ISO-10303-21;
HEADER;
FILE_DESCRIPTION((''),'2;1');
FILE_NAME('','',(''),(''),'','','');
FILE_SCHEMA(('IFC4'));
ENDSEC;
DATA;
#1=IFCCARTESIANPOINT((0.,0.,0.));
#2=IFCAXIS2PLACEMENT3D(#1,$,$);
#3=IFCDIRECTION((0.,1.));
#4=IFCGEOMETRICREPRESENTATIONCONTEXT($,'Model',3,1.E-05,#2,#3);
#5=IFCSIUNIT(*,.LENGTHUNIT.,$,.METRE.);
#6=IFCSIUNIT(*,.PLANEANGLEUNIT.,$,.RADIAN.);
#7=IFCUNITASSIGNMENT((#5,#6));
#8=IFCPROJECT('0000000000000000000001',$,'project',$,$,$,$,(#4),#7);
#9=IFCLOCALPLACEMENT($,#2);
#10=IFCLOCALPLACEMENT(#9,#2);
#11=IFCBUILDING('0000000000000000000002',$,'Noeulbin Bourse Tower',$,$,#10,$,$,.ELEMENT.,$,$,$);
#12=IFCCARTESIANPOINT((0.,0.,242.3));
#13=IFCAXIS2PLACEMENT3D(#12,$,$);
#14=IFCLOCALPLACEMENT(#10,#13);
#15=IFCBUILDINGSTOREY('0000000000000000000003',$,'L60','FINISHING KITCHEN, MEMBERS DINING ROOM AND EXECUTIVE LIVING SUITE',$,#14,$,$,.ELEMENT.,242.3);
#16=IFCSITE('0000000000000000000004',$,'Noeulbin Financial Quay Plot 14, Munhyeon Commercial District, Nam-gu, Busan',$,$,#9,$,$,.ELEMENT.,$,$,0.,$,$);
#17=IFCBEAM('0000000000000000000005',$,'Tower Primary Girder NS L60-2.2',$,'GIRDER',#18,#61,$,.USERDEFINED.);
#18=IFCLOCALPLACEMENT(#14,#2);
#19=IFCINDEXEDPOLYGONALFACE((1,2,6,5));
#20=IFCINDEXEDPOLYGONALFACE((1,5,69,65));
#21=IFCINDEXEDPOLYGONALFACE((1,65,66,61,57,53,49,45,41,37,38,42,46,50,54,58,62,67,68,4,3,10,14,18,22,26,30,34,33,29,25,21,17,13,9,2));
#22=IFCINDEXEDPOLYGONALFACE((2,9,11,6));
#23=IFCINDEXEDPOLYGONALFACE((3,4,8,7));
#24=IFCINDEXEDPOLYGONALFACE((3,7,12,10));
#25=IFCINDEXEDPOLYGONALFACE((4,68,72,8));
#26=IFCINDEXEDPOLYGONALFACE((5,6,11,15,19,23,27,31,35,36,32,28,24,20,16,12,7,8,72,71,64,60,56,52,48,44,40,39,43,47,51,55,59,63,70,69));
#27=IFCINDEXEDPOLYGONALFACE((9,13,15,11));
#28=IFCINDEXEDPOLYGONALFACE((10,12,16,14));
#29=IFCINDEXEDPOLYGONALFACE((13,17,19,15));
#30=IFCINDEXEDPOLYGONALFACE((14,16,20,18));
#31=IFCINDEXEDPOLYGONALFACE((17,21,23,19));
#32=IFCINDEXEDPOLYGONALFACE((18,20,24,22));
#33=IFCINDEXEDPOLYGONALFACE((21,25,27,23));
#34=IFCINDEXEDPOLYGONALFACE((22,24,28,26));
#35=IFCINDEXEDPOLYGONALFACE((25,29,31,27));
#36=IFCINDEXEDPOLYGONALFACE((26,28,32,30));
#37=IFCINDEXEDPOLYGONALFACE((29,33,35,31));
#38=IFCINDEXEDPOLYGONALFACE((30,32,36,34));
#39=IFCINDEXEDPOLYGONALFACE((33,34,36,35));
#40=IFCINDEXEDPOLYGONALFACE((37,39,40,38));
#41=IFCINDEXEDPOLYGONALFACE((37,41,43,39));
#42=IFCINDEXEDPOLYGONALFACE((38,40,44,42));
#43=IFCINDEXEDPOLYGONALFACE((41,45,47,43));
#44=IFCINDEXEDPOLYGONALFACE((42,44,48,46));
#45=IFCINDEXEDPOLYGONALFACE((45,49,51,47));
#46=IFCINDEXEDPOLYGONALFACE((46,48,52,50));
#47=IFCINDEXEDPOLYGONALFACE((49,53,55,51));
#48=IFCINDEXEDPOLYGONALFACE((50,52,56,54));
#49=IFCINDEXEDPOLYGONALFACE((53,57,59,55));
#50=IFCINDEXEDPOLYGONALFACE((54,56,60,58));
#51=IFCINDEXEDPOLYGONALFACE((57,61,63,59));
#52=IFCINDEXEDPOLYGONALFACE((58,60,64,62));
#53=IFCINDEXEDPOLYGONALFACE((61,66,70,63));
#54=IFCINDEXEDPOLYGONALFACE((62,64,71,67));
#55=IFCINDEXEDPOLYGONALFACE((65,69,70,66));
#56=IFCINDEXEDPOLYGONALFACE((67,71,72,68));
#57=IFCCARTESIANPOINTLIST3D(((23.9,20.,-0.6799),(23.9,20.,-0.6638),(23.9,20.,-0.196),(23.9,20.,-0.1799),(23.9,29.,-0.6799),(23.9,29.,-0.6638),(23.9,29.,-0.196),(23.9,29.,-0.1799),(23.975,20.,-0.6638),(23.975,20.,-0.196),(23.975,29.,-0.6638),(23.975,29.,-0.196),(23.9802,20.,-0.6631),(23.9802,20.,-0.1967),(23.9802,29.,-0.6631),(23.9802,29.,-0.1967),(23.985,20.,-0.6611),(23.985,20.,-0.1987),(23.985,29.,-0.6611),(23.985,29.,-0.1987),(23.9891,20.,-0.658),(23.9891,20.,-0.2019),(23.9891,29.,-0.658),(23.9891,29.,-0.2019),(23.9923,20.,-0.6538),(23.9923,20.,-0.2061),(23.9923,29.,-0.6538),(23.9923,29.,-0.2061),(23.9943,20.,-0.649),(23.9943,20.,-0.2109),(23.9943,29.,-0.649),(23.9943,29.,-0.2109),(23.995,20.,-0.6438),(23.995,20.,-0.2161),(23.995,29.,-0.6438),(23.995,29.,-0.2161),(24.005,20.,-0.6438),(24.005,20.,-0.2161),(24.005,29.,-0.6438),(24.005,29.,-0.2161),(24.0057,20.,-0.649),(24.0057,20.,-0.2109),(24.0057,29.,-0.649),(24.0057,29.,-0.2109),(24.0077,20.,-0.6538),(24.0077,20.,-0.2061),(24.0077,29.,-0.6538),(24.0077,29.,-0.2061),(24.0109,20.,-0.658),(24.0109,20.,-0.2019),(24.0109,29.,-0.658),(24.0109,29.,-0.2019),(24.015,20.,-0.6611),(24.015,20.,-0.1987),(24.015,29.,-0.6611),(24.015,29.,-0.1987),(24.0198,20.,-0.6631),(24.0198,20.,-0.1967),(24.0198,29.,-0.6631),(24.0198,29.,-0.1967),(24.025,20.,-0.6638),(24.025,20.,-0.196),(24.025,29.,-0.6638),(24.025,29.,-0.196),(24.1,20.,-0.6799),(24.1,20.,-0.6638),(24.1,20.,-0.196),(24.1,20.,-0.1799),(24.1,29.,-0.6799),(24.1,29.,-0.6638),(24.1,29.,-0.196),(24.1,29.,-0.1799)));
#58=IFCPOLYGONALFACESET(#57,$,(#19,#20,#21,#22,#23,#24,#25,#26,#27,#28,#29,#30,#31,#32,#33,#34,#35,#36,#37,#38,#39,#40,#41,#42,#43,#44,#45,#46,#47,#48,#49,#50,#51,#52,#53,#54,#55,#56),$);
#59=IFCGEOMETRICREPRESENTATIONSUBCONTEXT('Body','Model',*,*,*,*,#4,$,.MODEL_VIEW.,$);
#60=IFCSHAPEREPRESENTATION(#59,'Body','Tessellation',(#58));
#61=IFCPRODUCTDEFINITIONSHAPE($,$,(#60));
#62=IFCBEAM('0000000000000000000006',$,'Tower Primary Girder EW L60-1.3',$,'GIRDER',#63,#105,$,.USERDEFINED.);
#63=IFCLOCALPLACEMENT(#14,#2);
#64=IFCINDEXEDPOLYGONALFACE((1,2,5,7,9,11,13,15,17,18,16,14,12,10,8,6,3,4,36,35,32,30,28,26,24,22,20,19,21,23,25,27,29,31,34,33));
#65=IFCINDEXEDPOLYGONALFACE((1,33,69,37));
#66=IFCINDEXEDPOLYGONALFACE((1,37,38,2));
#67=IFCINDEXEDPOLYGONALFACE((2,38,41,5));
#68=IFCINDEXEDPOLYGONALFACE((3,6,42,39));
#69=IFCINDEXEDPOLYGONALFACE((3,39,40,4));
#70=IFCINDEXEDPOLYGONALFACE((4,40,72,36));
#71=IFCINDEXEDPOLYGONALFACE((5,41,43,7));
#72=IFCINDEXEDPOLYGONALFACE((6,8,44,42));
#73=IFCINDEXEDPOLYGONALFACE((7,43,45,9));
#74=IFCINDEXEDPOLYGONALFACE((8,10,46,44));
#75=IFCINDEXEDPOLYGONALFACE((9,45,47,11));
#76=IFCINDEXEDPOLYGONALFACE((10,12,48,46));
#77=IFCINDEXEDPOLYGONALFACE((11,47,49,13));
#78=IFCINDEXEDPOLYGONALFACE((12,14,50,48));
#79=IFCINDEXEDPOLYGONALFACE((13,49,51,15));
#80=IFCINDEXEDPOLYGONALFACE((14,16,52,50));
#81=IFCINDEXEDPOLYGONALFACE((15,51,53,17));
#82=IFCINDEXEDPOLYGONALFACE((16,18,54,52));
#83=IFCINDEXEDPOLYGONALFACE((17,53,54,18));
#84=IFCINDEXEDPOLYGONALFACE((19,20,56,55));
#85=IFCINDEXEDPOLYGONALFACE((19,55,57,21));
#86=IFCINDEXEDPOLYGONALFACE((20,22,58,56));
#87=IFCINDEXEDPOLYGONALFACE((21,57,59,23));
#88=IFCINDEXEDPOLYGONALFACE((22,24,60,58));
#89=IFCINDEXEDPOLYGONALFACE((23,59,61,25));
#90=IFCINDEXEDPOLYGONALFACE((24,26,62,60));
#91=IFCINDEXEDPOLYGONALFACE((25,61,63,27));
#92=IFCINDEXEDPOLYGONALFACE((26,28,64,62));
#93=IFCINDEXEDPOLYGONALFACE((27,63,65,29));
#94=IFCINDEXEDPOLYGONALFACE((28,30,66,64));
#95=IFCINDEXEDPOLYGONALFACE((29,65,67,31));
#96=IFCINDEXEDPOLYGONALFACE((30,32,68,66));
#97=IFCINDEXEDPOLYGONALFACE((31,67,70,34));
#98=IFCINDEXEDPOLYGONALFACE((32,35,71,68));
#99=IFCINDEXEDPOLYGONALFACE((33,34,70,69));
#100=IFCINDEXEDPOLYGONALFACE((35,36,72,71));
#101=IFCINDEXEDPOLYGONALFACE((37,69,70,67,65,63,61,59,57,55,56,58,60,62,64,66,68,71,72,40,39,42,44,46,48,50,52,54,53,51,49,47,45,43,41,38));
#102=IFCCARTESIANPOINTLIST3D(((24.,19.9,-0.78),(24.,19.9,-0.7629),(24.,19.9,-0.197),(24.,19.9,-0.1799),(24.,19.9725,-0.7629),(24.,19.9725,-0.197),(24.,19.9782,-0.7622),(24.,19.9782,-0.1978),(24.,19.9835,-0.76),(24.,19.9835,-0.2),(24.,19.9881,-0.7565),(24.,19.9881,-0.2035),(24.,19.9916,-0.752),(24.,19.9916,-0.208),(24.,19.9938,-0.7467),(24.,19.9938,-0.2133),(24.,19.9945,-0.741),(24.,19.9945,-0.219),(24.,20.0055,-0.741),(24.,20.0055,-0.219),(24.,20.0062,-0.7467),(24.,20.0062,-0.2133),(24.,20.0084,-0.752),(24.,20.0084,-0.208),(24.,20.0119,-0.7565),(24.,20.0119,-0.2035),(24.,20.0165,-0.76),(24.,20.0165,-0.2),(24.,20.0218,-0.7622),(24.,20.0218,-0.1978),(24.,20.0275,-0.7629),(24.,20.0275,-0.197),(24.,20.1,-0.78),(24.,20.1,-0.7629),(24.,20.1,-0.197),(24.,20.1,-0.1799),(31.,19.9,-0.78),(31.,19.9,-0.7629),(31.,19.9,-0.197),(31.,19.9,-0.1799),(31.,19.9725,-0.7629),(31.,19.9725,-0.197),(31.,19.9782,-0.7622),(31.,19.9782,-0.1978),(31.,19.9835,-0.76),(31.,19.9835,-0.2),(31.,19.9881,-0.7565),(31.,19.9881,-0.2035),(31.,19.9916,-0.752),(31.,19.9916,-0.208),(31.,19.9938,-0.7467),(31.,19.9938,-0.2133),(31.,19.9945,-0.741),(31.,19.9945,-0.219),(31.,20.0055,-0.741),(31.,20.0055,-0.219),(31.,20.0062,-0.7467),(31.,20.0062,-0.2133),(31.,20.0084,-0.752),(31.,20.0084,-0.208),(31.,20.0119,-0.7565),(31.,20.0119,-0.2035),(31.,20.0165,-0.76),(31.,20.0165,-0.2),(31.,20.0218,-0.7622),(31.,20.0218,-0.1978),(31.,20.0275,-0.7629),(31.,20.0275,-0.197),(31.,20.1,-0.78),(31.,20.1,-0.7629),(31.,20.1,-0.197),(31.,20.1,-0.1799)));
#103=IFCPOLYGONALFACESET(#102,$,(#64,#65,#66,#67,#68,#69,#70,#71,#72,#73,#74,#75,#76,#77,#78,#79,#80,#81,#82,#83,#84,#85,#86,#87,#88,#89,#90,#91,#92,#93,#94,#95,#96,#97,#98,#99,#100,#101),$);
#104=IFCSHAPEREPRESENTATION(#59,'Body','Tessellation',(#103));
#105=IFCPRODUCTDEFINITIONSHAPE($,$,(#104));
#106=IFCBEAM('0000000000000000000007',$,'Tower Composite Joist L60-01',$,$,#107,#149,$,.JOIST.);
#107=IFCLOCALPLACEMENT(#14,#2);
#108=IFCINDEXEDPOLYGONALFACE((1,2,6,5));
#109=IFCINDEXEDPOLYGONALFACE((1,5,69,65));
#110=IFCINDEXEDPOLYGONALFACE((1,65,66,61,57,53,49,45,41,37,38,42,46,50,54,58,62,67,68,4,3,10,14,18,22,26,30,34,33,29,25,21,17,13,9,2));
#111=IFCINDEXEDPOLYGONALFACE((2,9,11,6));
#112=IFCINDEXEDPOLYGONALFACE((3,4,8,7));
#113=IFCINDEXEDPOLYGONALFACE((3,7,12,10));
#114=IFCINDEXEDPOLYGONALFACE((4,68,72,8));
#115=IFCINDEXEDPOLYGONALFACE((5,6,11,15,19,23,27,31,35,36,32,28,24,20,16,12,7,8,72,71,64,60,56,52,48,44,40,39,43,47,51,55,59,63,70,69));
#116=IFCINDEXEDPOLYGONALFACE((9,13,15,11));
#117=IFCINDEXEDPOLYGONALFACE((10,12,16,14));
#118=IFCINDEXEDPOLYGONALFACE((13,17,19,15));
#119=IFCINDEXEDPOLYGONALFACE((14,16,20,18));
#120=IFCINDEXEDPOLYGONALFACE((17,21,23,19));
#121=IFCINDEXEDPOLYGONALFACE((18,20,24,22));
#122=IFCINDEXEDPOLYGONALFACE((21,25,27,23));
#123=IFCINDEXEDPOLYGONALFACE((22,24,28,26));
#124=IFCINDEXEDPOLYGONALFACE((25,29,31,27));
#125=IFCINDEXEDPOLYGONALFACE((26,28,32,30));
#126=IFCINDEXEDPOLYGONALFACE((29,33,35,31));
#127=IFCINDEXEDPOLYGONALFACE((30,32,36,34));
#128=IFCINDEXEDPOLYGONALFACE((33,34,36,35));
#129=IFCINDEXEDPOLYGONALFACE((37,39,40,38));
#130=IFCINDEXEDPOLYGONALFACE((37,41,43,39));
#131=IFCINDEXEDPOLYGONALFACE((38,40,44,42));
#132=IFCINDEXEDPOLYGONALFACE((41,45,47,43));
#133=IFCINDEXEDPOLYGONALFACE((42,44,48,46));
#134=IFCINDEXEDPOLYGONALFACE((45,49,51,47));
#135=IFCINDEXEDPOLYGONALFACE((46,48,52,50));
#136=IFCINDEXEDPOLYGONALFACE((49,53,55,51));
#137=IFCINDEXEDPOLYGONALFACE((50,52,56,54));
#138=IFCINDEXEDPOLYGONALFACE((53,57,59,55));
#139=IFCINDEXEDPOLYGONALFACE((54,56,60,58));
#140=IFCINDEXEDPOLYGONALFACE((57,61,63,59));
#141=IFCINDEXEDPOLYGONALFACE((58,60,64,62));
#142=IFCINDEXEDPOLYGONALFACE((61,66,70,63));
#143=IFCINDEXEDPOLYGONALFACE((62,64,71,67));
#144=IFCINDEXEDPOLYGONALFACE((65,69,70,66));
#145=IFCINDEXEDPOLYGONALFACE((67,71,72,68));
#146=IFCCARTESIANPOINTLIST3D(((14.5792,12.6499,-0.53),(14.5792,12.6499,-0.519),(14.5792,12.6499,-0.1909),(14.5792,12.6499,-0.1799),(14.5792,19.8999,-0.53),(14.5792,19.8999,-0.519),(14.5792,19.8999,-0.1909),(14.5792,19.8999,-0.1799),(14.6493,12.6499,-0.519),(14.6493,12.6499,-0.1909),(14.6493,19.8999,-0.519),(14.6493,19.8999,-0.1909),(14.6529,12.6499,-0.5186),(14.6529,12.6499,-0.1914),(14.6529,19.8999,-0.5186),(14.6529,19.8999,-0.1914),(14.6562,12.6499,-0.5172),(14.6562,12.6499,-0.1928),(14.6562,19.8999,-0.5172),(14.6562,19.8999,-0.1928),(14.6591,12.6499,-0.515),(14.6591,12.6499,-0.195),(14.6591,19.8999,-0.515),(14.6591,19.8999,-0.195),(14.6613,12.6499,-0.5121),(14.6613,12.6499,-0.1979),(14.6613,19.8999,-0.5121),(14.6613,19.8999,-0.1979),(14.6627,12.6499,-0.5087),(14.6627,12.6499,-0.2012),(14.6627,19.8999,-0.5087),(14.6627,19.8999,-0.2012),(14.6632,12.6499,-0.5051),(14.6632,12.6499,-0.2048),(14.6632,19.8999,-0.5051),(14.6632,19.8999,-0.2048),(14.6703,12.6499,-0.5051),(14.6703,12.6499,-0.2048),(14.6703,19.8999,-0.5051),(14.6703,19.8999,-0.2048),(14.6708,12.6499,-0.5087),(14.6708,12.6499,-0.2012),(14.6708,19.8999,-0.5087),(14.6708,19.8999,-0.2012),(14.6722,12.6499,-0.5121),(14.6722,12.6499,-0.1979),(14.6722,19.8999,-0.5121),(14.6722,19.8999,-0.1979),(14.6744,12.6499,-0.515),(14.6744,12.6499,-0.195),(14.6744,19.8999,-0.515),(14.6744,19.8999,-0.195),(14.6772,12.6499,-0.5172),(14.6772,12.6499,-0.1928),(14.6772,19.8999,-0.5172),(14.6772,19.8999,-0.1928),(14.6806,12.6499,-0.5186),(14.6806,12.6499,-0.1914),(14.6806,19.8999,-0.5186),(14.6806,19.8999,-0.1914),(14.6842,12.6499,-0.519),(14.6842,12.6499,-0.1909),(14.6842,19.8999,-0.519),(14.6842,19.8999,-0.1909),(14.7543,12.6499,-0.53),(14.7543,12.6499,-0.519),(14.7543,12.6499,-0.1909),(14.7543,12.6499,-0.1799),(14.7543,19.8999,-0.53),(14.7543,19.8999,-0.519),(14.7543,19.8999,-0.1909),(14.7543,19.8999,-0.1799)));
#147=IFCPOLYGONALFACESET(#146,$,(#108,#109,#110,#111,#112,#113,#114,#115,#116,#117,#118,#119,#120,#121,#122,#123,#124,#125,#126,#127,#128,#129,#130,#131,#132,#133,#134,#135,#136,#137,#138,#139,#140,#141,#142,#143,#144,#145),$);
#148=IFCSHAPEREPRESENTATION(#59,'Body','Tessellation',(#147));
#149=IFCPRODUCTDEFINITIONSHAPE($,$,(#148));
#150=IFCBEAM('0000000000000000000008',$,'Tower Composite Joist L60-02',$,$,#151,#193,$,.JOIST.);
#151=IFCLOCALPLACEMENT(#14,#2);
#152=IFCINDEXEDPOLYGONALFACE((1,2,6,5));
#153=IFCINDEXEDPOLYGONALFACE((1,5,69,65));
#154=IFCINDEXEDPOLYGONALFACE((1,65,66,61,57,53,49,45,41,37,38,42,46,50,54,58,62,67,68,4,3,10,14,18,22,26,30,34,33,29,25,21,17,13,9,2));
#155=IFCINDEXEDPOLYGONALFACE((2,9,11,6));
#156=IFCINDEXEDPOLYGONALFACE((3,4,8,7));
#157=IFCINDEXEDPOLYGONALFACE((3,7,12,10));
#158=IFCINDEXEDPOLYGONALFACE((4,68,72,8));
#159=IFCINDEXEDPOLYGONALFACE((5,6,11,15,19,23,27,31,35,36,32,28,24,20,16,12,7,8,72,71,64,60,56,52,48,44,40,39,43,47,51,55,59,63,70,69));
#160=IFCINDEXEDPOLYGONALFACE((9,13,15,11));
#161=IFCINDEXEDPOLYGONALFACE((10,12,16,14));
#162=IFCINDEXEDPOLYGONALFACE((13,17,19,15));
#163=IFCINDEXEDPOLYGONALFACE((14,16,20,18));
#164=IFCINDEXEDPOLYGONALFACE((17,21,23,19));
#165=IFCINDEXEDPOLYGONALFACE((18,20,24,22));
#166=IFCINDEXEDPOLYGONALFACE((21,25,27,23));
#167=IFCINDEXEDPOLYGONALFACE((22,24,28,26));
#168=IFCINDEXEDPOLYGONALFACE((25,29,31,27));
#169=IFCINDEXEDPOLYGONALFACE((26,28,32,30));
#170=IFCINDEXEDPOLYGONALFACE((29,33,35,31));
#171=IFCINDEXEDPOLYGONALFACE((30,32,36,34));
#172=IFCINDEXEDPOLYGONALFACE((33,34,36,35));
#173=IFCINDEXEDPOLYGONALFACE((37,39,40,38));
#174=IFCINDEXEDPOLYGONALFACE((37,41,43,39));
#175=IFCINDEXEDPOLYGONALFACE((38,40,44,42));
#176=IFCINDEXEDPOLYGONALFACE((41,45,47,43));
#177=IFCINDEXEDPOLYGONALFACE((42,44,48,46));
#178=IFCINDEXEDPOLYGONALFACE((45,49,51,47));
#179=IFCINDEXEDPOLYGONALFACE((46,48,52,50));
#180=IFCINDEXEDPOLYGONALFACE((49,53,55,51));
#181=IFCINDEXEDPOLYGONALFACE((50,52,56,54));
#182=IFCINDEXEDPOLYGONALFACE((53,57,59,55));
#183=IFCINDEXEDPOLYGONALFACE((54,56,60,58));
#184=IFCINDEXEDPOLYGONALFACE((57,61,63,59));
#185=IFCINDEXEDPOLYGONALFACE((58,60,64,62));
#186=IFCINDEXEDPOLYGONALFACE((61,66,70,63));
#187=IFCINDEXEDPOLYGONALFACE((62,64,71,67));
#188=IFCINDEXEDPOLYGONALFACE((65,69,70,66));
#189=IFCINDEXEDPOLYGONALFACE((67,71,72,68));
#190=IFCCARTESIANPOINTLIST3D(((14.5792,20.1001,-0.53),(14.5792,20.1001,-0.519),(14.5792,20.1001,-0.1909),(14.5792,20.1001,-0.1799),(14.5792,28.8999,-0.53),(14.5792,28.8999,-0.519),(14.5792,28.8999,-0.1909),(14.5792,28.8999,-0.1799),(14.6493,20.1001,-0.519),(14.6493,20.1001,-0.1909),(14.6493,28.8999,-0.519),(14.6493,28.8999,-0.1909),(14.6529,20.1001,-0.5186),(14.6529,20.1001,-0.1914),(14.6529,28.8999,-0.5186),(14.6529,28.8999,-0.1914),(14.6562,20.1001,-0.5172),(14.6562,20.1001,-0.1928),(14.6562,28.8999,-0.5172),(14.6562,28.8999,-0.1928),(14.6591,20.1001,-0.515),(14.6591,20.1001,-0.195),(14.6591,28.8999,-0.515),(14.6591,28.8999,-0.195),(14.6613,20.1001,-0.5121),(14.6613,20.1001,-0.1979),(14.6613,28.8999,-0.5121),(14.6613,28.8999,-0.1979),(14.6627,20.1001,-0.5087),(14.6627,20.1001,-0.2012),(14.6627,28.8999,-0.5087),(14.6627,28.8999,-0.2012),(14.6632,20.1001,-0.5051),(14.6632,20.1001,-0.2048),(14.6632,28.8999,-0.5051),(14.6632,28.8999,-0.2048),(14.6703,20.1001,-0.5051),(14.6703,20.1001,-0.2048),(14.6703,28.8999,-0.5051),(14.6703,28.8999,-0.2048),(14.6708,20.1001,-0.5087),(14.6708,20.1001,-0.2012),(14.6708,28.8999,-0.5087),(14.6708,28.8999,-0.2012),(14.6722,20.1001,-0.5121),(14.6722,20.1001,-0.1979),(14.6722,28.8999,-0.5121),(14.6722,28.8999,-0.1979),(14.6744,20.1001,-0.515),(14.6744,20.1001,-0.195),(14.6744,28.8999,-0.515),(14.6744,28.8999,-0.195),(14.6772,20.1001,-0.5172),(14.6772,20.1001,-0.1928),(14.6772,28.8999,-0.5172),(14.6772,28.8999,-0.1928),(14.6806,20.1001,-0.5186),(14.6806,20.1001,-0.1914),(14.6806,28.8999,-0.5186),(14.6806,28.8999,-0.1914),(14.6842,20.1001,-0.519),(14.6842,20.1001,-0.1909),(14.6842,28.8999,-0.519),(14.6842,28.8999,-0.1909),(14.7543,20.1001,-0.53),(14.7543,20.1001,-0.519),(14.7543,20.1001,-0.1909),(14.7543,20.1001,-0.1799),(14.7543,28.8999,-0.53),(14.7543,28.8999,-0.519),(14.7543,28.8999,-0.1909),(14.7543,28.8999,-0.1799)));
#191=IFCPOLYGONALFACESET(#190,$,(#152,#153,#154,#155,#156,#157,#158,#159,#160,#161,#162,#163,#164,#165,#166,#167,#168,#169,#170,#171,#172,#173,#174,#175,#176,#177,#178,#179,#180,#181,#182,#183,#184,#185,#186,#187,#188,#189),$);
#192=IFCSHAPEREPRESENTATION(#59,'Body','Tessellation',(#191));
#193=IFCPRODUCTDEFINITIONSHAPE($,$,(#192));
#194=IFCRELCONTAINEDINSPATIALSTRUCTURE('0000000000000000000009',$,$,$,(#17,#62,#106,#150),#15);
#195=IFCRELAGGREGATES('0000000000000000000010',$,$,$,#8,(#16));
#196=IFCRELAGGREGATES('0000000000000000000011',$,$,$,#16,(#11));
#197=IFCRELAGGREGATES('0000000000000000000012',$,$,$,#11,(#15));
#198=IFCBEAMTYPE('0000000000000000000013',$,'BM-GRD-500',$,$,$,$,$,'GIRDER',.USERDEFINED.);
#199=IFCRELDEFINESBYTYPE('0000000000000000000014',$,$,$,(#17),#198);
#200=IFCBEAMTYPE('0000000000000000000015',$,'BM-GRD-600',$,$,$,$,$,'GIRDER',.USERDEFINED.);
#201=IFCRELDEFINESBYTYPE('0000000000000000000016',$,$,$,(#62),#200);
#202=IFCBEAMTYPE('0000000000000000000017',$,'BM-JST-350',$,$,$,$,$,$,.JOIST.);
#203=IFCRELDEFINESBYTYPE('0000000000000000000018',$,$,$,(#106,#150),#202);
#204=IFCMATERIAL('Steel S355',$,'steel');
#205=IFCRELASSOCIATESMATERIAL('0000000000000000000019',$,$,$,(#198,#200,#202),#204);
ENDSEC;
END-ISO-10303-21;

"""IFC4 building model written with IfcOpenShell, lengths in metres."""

from ifc_helpers import new_model, si_unit, direction, frame, origin, origin_2d, place, context, subcontext, project, spatial, i_section, extrude, material, material_profile, profile_set, type_object, element, save


model = new_model("IFC4")

# Units and contexts
model_context = context("Model", 3, precision=1e-05, world=origin(), true_north=direction((0.0, 1.0)))
body_context = subcontext(model_context, "Body", "Model", "MODEL_VIEW")
ifc_project = project(units=[si_unit("LENGTHUNIT", "METRE"), si_unit("PLANEANGLEUNIT", "RADIAN")], contexts=[model_context])

# Site, building, storey
site_placement = place(None, origin())
site = spatial("IfcSite", under=ifc_project, at=site_placement, Name="Noeulbin Financial Quay Plot 14, Munhyeon Commercial District, Nam-gu, Busan", CompositionType="ELEMENT", RefElevation=0.0)
building_placement = place(site_placement, origin())
building = spatial("IfcBuilding", under=site, at=building_placement, Name="Noeulbin Bourse Tower", CompositionType="ELEMENT")
storey_placement = place(building_placement, frame((0.0, 0.0, 242.3)))
storey = spatial("IfcBuildingStorey", under=building, at=storey_placement, Name="L60", Description="FINISHING KITCHEN, MEMBERS DINING ROOM AND EXECUTIVE LIVING SUITE", CompositionType="ELEMENT", Elevation=242.3)

# Shared definitions
ifc_material_1 = material(Name="Steel S355", Category="steel")

# Beams
ifc_material_profile_1 = material_profile(ifc_material_1, i_section(OverallWidth=0.2, OverallDepth=0.5, WebThickness=0.01, FlangeThickness=0.0161, FilletRadius=0.02, at=origin_2d()), Name="H-500x200x10x16", Category="LoadBearing")
ifc_profile_set_1 = profile_set([ifc_material_profile_1], Name="Steel S355")
beam_type_1 = type_object("IfcBeamType", Name="BM-GRD-500", ElementType="GIRDER", PredefinedType="USERDEFINED", material=ifc_profile_set_1)
beam_1_placement = place(storey_placement, frame((24.0, 20.0, -0.4299), z_axis=(0.0, 1.0, 0.0), x_axis=(-1.0, 0.0, 0.0)))
element("IfcBeam", 1, at=beam_1_placement, inside=storey, type_object=beam_type_1, Name="Tower Primary Girder NS L60-2.2", ObjectType="GIRDER", PredefinedType="USERDEFINED", context=body_context, shape_type="SweptSolid", body=[
    extrude(i_section(OverallWidth=0.2, OverallDepth=0.5, WebThickness=0.01, FlangeThickness=0.0161, FilletRadius=0.02, at=origin_2d()), origin(), (0.0, 0.0, 1.0), 9.0),
])
ifc_material_profile_2 = material_profile(ifc_material_1, i_section(OverallWidth=0.2, OverallDepth=0.6001, WebThickness=0.011, FlangeThickness=0.0171, FilletRadius=0.022, at=origin_2d()), Name="H-600x200x11x17", Category="LoadBearing")
ifc_profile_set_2 = profile_set([ifc_material_profile_2], Name="Steel S355")
beam_type_2 = type_object("IfcBeamType", Name="BM-GRD-600", ElementType="GIRDER", PredefinedType="USERDEFINED", material=ifc_profile_set_2)
beam_2_placement = place(storey_placement, frame((24.0, 20.0, -0.48), z_axis=(1.0, 0.0, 0.0), x_axis=(0.0, 1.0, 0.0)))
element("IfcBeam", 2, at=beam_2_placement, inside=storey, type_object=beam_type_2, Name="Tower Primary Girder EW L60-1.3", ObjectType="GIRDER", PredefinedType="USERDEFINED", context=body_context, shape_type="SweptSolid", body=[
    extrude(i_section(OverallWidth=0.2, OverallDepth=0.6001, WebThickness=0.011, FlangeThickness=0.0171, FilletRadius=0.022, at=origin_2d()), origin(), (0.0, 0.0, 1.0), 7.0),
])
ifc_material_profile_3 = material_profile(ifc_material_1, i_section(OverallWidth=0.175, OverallDepth=0.3501, WebThickness=0.0071, FlangeThickness=0.011, FilletRadius=0.0139, at=origin_2d()), Name="H-350x175x7x11", Category="LoadBearing")
ifc_profile_set_3 = profile_set([ifc_material_profile_3], Name="Steel S355")
beam_type_3 = type_object("IfcBeamType", Name="BM-JST-350", PredefinedType="JOIST", material=ifc_profile_set_3)
beam_3_placement = place(storey_placement, frame((14.6667, 12.6499, -0.355), z_axis=(0.0, 1.0, 0.0), x_axis=(-1.0, 0.0, 0.0)))
element("IfcBeam", 3, at=beam_3_placement, inside=storey, type_object=beam_type_3, Name="Tower Composite Joist L60-01", PredefinedType="JOIST", context=body_context, shape_type="SweptSolid", body=[
    extrude(i_section(OverallWidth=0.175, OverallDepth=0.3501, WebThickness=0.0071, FlangeThickness=0.011, FilletRadius=0.0139, at=origin_2d()), origin(), (0.0, 0.0, 1.0), 7.25),
])
beam_4_placement = place(storey_placement, frame((14.6667, 20.1001, -0.355), z_axis=(0.0, 1.0, 0.0), x_axis=(-1.0, 0.0, 0.0)))
element("IfcBeam", 4, at=beam_4_placement, inside=storey, type_object=beam_type_3, Name="Tower Composite Joist L60-02", PredefinedType="JOIST", context=body_context, shape_type="SweptSolid", body=[
    extrude(i_section(OverallWidth=0.175, OverallDepth=0.3501, WebThickness=0.0071, FlangeThickness=0.011, FilletRadius=0.0139, at=origin_2d()), origin(), (0.0, 0.0, 1.0), 8.7998),
])

save(model, "model.ifc")
